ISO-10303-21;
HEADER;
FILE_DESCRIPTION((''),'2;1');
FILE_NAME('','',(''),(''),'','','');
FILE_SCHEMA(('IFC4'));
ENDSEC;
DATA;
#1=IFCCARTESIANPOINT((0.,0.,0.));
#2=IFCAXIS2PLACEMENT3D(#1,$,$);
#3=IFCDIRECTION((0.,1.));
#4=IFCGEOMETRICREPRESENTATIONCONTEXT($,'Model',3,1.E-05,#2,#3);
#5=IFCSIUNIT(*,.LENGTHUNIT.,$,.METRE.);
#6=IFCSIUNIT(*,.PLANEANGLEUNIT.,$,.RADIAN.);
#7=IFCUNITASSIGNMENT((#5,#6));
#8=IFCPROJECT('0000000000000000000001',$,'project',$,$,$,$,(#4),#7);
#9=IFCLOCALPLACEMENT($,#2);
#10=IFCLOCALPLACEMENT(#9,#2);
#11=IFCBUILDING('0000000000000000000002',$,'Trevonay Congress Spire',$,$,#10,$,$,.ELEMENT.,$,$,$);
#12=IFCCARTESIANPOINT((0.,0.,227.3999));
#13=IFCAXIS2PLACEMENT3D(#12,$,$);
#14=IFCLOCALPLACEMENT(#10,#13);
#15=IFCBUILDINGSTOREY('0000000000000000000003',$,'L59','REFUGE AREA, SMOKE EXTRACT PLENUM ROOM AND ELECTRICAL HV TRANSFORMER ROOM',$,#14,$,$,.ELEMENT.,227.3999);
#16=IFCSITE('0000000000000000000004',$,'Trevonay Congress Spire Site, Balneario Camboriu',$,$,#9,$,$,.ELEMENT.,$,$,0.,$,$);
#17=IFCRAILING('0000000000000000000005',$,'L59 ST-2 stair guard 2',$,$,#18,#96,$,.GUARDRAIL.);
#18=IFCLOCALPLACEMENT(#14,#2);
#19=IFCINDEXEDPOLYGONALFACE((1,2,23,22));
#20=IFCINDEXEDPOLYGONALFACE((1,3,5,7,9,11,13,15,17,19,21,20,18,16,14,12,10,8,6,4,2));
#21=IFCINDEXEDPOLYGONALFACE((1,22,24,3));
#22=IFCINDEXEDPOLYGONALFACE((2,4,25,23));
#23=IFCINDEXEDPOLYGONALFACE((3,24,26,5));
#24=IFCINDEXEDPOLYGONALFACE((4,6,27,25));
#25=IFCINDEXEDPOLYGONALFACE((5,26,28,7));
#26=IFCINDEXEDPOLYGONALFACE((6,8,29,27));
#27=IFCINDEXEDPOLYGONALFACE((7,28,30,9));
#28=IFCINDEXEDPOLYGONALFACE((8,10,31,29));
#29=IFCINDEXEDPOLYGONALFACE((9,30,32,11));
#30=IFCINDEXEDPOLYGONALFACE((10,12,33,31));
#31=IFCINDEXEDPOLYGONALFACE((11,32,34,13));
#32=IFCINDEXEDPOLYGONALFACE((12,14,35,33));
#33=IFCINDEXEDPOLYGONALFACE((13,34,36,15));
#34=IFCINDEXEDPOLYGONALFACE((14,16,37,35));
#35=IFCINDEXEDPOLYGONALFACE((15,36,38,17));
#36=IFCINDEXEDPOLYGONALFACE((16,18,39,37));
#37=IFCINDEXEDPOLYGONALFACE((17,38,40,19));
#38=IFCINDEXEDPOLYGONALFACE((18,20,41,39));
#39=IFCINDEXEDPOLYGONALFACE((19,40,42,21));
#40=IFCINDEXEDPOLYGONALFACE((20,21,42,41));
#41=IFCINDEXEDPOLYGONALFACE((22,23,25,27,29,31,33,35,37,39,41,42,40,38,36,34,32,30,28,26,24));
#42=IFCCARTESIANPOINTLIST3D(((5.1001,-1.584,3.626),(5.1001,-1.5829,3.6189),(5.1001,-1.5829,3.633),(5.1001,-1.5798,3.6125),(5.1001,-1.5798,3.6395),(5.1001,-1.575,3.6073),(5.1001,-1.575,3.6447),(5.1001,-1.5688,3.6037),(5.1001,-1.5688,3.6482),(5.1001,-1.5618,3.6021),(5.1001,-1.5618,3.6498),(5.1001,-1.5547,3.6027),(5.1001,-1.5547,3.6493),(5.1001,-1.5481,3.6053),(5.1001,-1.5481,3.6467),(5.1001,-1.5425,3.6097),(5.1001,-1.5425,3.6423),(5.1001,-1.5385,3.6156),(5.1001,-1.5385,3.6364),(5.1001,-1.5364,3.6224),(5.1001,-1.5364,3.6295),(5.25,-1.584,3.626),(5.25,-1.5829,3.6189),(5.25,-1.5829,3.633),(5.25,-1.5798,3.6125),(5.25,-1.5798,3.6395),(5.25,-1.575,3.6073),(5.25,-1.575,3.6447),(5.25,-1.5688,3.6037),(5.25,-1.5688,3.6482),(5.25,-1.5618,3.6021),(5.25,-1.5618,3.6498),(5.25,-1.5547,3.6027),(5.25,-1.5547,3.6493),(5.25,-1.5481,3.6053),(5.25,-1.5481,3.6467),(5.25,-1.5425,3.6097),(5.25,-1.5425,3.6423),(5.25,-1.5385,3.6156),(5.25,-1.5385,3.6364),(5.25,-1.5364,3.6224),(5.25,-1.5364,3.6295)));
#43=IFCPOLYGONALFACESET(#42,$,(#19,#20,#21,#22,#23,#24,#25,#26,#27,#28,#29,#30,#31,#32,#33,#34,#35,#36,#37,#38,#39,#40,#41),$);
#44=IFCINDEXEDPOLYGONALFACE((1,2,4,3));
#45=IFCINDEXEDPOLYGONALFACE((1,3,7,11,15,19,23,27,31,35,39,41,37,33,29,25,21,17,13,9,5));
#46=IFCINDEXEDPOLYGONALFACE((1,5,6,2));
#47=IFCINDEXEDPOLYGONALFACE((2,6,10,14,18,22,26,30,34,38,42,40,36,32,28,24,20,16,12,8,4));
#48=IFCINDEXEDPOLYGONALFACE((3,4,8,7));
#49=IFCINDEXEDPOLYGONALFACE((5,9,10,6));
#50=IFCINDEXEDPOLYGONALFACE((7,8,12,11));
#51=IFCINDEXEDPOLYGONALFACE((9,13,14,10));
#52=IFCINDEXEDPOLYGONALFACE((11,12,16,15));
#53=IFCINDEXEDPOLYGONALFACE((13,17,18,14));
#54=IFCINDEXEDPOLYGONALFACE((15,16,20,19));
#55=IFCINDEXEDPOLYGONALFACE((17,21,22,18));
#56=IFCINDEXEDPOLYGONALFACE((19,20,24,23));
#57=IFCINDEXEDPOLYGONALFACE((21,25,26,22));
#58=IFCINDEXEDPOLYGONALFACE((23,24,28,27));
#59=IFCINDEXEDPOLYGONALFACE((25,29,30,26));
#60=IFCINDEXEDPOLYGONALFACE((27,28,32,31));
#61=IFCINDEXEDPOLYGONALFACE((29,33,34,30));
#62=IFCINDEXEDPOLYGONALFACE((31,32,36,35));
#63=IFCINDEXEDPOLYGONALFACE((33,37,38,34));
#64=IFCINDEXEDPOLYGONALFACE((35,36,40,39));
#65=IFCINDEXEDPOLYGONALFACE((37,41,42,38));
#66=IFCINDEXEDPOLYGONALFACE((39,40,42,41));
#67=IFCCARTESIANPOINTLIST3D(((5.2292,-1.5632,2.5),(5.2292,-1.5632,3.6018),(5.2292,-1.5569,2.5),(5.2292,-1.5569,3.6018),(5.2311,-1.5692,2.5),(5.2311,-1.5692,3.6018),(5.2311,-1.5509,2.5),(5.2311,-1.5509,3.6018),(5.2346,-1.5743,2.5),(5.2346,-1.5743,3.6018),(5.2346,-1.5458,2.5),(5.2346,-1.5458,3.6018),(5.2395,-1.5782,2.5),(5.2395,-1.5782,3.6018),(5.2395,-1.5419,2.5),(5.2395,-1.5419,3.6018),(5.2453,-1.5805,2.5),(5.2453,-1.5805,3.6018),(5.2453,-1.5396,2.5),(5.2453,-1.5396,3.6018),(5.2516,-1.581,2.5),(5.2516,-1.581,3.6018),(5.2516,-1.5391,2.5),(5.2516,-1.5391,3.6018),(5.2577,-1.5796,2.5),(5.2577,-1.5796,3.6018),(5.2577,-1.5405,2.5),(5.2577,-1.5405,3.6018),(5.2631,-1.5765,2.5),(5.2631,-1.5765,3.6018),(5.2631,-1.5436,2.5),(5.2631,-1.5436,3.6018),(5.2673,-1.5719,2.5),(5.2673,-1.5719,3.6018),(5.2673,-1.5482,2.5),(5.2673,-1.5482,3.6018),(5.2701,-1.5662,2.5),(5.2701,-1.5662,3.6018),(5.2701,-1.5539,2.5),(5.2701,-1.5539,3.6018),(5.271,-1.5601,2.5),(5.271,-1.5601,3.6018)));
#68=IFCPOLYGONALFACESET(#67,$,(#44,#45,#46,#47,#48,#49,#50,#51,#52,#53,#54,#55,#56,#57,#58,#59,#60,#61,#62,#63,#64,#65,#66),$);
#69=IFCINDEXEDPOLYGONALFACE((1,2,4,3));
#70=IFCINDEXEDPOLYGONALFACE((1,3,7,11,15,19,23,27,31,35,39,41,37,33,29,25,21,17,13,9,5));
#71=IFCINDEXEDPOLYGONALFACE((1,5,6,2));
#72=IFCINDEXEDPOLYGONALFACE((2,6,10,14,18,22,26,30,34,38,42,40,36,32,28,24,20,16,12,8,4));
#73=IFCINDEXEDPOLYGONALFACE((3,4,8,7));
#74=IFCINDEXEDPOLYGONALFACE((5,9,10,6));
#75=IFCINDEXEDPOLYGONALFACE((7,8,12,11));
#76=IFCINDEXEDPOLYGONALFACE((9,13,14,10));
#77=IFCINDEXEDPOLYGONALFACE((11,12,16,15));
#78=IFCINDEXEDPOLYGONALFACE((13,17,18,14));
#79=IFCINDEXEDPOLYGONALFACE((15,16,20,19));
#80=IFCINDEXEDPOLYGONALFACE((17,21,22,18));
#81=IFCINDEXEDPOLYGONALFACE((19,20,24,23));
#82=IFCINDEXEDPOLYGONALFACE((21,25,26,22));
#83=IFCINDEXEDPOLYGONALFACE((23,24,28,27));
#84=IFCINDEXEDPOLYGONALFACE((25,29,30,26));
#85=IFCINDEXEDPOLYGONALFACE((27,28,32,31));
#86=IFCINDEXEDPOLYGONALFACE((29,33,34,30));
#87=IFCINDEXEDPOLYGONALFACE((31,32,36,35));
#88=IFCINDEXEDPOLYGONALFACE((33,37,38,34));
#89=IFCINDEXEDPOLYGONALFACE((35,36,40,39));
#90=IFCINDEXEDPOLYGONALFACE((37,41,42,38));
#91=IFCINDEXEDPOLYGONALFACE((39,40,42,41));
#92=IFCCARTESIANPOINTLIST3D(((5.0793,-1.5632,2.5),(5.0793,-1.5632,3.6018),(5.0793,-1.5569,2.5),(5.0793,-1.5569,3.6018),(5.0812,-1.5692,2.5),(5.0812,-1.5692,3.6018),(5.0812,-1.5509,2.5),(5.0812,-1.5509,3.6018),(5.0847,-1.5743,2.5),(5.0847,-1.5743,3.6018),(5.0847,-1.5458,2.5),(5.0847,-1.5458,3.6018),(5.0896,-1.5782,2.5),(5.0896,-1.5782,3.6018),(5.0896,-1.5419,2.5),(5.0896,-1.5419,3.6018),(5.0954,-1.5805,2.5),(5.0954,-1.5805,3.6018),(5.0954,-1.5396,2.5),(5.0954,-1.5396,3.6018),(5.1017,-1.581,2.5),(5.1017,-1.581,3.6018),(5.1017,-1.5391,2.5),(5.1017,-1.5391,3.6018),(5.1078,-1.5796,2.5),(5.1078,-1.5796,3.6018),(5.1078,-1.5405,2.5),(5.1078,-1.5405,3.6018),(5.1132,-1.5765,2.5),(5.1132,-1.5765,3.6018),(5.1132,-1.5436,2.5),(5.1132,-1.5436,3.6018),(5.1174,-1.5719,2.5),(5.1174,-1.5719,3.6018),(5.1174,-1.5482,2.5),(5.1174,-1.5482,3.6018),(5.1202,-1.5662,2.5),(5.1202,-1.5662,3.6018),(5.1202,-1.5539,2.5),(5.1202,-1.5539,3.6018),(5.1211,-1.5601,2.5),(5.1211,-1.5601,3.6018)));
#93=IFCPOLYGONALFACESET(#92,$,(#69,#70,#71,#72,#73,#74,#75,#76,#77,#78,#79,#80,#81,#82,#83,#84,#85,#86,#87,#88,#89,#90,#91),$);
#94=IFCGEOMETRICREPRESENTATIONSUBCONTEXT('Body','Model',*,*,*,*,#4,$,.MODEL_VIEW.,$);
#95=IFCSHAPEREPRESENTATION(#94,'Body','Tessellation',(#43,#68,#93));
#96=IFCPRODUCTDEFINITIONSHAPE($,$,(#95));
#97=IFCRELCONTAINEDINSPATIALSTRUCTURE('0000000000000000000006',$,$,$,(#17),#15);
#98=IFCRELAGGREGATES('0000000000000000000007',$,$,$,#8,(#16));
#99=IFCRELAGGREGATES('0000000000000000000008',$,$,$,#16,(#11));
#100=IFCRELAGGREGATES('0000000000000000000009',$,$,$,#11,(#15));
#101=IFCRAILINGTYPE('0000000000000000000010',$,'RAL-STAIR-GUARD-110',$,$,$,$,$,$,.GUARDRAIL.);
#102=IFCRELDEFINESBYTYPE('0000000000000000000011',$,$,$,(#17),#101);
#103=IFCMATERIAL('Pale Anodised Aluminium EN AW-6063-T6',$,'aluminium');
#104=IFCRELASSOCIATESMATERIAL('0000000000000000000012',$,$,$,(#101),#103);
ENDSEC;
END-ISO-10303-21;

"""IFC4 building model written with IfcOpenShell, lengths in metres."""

from ifc_helpers import new_model, si_unit, direction, frame, origin, origin_2d, place, context, subcontext, project, spatial, circle, extrude, material, type_object, element, save


model = new_model("IFC4")

# Units and contexts
model_context = context("Model", 3, precision=1e-05, world=origin(), true_north=direction((0.0, 1.0)))
body_context = subcontext(model_context, "Body", "Model", "MODEL_VIEW")
ifc_project = project(units=[si_unit("LENGTHUNIT", "METRE"), si_unit("PLANEANGLEUNIT", "RADIAN")], contexts=[model_context])

# Site, building, storey
site_placement = place(None, origin())
site = spatial("IfcSite", under=ifc_project, at=site_placement, Name="Trevonay Congress Spire Site, Balneario Camboriu", CompositionType="ELEMENT", RefElevation=0.0)
building_placement = place(site_placement, origin())
building = spatial("IfcBuilding", under=site, at=building_placement, Name="Trevonay Congress Spire", CompositionType="ELEMENT")
storey_placement = place(building_placement, frame((0.0, 0.0, 227.3999)))
storey = spatial("IfcBuildingStorey", under=building, at=storey_placement, Name="L59", Description="REFUGE AREA, SMOKE EXTRACT PLENUM ROOM AND ELECTRICAL HV TRANSFORMER ROOM", CompositionType="ELEMENT", Elevation=227.3999)

# Shared definitions
ifc_material_1 = material(Name="Pale Anodised Aluminium EN AW-6063-T6", Category="aluminium")

# Railing
railing_type_1 = type_object("IfcRailingType", Name="RAL-STAIR-GUARD-110", PredefinedType="GUARDRAIL", material=ifc_material_1)
railing_1_placement = place(storey_placement, frame((5.25, -1.5601, 2.5)))
element("IfcRailing", 1, at=railing_1_placement, inside=storey, type_object=railing_type_1, Name="L59 ST-2 stair guard 2", PredefinedType="GUARDRAIL", context=body_context, shape_type="SweptSolid", body=[
    extrude(circle(Radius=0.0239, at=origin_2d()), frame((0.0, 0.0, 1.126), z_axis=(-1.0, 0.0, 0.0), x_axis=(0.0, -1.0, 0.0)), (0.0, 0.0, 1.0), 0.1499),
    extrude(circle(Radius=0.021, at=origin_2d()), origin(), (0.0, 0.0, 1.0), 1.1018),
    extrude(circle(Radius=0.021, at=origin_2d()), frame((-0.1499, 0.0, 0.0)), (0.0, 0.0, 1.0), 1.1018),
])

save(model, "model.ifc")
